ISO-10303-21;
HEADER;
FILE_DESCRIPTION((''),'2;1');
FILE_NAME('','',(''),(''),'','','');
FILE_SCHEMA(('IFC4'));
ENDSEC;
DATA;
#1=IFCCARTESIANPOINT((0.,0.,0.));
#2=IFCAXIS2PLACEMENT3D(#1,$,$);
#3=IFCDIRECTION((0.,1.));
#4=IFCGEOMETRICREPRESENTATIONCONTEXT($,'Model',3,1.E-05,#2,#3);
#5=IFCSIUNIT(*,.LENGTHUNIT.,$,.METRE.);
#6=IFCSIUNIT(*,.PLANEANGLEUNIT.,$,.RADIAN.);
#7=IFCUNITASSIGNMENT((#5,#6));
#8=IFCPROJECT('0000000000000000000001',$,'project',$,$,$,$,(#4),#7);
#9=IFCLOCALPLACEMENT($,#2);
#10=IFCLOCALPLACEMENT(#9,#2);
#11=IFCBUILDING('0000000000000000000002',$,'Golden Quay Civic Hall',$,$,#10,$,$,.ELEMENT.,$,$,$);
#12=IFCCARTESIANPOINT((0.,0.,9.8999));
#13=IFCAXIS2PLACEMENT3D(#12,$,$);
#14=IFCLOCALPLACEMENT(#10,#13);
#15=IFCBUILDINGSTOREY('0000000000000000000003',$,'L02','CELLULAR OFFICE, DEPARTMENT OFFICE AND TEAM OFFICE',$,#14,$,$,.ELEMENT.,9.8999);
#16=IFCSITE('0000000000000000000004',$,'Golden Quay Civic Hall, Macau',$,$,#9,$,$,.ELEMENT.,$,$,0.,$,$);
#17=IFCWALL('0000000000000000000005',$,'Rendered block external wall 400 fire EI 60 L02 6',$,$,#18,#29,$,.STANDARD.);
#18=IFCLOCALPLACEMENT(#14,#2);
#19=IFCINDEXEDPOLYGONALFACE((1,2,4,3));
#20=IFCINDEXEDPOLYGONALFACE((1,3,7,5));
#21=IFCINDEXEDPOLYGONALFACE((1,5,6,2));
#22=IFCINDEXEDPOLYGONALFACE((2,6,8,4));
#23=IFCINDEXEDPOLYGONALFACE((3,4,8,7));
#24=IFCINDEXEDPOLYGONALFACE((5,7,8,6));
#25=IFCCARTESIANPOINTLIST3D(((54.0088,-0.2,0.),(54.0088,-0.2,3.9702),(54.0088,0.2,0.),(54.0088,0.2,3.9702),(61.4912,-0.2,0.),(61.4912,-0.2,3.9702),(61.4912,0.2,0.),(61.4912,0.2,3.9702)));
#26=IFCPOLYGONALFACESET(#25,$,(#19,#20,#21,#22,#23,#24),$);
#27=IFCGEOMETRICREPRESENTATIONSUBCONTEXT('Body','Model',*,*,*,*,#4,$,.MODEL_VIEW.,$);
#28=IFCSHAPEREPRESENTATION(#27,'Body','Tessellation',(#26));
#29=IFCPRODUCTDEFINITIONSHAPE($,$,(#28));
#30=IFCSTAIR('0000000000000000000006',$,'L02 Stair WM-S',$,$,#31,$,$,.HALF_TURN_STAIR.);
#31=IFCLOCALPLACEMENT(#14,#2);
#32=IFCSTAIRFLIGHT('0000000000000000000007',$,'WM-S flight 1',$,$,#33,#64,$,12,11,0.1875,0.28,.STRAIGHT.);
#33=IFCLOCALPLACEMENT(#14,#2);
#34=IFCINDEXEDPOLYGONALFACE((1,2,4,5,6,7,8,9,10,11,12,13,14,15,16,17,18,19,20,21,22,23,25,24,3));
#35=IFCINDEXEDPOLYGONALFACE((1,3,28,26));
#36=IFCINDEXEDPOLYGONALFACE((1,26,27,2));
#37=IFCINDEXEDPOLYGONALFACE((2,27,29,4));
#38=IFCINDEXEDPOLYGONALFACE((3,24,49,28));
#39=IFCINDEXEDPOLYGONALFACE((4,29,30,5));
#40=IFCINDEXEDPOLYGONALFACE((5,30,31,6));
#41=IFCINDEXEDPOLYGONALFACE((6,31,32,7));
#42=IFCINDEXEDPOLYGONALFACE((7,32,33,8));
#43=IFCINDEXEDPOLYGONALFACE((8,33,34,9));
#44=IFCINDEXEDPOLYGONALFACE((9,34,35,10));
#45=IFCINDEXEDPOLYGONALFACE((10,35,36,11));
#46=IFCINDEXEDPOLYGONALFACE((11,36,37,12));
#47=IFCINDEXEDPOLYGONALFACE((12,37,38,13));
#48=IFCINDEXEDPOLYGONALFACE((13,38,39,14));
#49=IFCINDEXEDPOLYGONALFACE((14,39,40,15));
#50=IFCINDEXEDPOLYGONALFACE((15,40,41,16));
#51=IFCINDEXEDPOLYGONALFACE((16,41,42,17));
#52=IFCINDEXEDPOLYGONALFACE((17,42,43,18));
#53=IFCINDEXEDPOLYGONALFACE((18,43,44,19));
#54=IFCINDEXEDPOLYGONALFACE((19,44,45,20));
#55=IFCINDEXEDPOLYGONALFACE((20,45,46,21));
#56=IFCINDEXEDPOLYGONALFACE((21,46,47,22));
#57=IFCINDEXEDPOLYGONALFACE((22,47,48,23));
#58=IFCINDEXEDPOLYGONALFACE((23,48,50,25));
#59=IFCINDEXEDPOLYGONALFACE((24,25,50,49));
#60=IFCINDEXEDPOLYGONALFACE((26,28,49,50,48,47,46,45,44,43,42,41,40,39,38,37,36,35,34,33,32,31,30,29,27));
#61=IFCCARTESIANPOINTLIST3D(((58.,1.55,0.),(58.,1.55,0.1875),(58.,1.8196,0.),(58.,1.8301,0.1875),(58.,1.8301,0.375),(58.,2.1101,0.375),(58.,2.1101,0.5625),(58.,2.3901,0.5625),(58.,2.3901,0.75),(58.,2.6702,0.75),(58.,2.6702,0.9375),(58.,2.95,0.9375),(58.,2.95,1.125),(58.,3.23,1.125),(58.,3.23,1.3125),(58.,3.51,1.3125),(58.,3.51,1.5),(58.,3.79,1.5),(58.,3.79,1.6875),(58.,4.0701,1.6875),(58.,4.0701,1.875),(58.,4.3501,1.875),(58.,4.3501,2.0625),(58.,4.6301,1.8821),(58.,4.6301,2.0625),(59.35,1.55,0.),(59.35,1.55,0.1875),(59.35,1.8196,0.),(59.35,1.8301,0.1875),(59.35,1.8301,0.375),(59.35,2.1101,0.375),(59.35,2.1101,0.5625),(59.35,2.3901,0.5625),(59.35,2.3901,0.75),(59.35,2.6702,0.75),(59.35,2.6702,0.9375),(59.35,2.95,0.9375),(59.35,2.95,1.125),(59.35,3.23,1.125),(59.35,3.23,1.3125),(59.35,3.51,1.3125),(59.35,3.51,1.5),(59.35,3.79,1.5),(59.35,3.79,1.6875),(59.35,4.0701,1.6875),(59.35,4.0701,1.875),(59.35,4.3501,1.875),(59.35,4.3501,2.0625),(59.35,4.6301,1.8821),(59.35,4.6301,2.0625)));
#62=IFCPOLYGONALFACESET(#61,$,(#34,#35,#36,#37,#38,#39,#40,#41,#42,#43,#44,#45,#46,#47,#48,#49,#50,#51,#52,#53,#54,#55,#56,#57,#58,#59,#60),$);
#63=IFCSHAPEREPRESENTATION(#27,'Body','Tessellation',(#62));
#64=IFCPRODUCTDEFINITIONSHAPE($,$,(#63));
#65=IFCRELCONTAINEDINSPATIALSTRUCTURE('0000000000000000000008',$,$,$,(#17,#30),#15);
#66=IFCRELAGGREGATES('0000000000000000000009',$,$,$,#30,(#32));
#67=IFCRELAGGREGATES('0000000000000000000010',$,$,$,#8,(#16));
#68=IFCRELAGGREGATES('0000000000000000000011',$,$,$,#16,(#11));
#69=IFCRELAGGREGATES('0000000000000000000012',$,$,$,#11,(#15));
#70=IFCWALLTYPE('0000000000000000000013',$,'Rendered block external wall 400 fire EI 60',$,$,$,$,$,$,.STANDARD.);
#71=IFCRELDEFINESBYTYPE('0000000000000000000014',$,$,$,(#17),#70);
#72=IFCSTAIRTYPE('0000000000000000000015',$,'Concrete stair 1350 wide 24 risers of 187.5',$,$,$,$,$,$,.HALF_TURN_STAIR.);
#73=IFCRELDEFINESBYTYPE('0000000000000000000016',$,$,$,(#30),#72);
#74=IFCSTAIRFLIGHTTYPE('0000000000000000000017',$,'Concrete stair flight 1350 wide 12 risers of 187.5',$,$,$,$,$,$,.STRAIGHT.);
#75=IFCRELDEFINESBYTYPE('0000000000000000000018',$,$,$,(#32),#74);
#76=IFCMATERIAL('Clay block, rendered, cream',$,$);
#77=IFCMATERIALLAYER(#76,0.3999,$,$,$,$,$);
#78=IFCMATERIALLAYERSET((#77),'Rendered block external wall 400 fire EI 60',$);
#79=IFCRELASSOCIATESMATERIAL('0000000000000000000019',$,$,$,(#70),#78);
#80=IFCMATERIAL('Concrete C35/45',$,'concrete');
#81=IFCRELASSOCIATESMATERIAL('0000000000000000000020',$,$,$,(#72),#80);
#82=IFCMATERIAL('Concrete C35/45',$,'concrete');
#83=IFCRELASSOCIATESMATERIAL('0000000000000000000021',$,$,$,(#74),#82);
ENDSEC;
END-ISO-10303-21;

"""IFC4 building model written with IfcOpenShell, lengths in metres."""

from ifc_helpers import new_model, si_unit, direction, frame, frame_2d, origin, place, context, subcontext, project, spatial, polyline, rectangle, outline, extrude, material, layer, layer_set, type_object, element, aggregate, save


model = new_model("IFC4")

# Units and contexts
model_context = context("Model", 3, precision=1e-05, world=origin(), true_north=direction((0.0, 1.0)))
body_context = subcontext(model_context, "Body", "Model", "MODEL_VIEW")
ifc_project = project(units=[si_unit("LENGTHUNIT", "METRE"), si_unit("PLANEANGLEUNIT", "RADIAN")], contexts=[model_context])

# Site, building, storey
site_placement = place(None, origin())
site = spatial("IfcSite", under=ifc_project, at=site_placement, Name="Golden Quay Civic Hall, Macau", CompositionType="ELEMENT", RefElevation=0.0)
building_placement = place(site_placement, origin())
building = spatial("IfcBuilding", under=site, at=building_placement, Name="Golden Quay Civic Hall", CompositionType="ELEMENT")
storey_placement = place(building_placement, frame((0.0, 0.0, 9.8999)))
storey = spatial("IfcBuildingStorey", under=building, at=storey_placement, Name="L02", Description="CELLULAR OFFICE, DEPARTMENT OFFICE AND TEAM OFFICE", CompositionType="ELEMENT", Elevation=9.8999)

# Wall
ifc_material_1 = material(Name="Clay block, rendered, cream")
ifc_layer_1 = layer(ifc_material_1, 0.3999)
ifc_layer_set_1 = layer_set([ifc_layer_1], Name="Rendered block external wall 400 fire EI 60")
wall_type_1 = type_object("IfcWallType", Name="Rendered block external wall 400 fire EI 60", PredefinedType="STANDARD", material=ifc_layer_set_1)
wall_1_placement = place(storey_placement, frame((61.4912, 0.0, 0.0), z_axis=(0.0, 0.0, 1.0), x_axis=(-1.0, 0.0, 0.0)))
element("IfcWall", 1, at=wall_1_placement, inside=storey, type_object=wall_type_1, Name="Rendered block external wall 400 fire EI 60 L02 6", PredefinedType="STANDARD", context=body_context, shape_type="SweptSolid", body=[
    extrude(rectangle(XDim=7.4824, YDim=0.3999, at=frame_2d((3.7412, 0.0))), origin(), (0.0, 0.0, 1.0), 3.9702),
])

# Stair, stair flight
ifc_material_2 = material(Name="Concrete C35/45", Category="concrete")
stair_type = type_object("IfcStairType", Name="Concrete stair 1350 wide 24 risers of 187.5", PredefinedType="HALF_TURN_STAIR", material=ifc_material_2)
stair_placement = place(storey_placement, origin())
stair = element("IfcStair", 2, at=stair_placement, inside=storey, type_object=stair_type, Name="L02 Stair WM-S", PredefinedType="HALF_TURN_STAIR")
ifc_material_3 = material(Name="Concrete C35/45", Category="concrete")
stair_flight_type = type_object("IfcStairFlightType", Name="Concrete stair flight 1350 wide 12 risers of 187.5", PredefinedType="STRAIGHT", material=ifc_material_3)
stair_flight_placement = place(storey_placement, frame((58.675, 1.55, 0.0), z_axis=(0.0, 0.0, 1.0), x_axis=(0.0, 1.0, 0.0)))
stair_flight = element("IfcStairFlight", 3, at=stair_flight_placement, type_object=stair_flight_type, Name="WM-S flight 1", NumberOfRisers=12, NumberOfTreads=11, PredefinedType="STRAIGHT", RiserHeight=0.1875, TreadLength=0.28, context=body_context, shape_type="SweptSolid", body=[
    extrude(outline(polyline([(0.0, 0.0), (0.0, 0.1875), (0.28, 0.1875), (0.28, 0.375), (0.5601, 0.375), (0.5601, 0.5625), (0.8401, 0.5625), (0.8401, 0.75), (1.1201, 0.75), (1.1201, 0.9375), (1.3999, 0.9375), (1.3999, 1.125), (1.6799, 1.125), (1.6799, 1.3125), (1.96, 1.3125), (1.96, 1.5), (2.24, 1.5), (2.24, 1.6875), (2.52, 1.6875), (2.52, 1.875), (2.8, 1.875), (2.8, 2.0625), (3.0801, 2.0625), (3.0801, 2.25), (3.0801, 1.8821), (0.2695, 0.0), (0.0, 0.0)])), frame((0.0, 0.675, 0.0), z_axis=(0.0, -1.0, 0.0), x_axis=(1.0, 0.0, 0.0)), (0.0, 0.0, 1.0), 1.35),
])
aggregate(stair, [stair_flight])

save(model, "model.ifc")
